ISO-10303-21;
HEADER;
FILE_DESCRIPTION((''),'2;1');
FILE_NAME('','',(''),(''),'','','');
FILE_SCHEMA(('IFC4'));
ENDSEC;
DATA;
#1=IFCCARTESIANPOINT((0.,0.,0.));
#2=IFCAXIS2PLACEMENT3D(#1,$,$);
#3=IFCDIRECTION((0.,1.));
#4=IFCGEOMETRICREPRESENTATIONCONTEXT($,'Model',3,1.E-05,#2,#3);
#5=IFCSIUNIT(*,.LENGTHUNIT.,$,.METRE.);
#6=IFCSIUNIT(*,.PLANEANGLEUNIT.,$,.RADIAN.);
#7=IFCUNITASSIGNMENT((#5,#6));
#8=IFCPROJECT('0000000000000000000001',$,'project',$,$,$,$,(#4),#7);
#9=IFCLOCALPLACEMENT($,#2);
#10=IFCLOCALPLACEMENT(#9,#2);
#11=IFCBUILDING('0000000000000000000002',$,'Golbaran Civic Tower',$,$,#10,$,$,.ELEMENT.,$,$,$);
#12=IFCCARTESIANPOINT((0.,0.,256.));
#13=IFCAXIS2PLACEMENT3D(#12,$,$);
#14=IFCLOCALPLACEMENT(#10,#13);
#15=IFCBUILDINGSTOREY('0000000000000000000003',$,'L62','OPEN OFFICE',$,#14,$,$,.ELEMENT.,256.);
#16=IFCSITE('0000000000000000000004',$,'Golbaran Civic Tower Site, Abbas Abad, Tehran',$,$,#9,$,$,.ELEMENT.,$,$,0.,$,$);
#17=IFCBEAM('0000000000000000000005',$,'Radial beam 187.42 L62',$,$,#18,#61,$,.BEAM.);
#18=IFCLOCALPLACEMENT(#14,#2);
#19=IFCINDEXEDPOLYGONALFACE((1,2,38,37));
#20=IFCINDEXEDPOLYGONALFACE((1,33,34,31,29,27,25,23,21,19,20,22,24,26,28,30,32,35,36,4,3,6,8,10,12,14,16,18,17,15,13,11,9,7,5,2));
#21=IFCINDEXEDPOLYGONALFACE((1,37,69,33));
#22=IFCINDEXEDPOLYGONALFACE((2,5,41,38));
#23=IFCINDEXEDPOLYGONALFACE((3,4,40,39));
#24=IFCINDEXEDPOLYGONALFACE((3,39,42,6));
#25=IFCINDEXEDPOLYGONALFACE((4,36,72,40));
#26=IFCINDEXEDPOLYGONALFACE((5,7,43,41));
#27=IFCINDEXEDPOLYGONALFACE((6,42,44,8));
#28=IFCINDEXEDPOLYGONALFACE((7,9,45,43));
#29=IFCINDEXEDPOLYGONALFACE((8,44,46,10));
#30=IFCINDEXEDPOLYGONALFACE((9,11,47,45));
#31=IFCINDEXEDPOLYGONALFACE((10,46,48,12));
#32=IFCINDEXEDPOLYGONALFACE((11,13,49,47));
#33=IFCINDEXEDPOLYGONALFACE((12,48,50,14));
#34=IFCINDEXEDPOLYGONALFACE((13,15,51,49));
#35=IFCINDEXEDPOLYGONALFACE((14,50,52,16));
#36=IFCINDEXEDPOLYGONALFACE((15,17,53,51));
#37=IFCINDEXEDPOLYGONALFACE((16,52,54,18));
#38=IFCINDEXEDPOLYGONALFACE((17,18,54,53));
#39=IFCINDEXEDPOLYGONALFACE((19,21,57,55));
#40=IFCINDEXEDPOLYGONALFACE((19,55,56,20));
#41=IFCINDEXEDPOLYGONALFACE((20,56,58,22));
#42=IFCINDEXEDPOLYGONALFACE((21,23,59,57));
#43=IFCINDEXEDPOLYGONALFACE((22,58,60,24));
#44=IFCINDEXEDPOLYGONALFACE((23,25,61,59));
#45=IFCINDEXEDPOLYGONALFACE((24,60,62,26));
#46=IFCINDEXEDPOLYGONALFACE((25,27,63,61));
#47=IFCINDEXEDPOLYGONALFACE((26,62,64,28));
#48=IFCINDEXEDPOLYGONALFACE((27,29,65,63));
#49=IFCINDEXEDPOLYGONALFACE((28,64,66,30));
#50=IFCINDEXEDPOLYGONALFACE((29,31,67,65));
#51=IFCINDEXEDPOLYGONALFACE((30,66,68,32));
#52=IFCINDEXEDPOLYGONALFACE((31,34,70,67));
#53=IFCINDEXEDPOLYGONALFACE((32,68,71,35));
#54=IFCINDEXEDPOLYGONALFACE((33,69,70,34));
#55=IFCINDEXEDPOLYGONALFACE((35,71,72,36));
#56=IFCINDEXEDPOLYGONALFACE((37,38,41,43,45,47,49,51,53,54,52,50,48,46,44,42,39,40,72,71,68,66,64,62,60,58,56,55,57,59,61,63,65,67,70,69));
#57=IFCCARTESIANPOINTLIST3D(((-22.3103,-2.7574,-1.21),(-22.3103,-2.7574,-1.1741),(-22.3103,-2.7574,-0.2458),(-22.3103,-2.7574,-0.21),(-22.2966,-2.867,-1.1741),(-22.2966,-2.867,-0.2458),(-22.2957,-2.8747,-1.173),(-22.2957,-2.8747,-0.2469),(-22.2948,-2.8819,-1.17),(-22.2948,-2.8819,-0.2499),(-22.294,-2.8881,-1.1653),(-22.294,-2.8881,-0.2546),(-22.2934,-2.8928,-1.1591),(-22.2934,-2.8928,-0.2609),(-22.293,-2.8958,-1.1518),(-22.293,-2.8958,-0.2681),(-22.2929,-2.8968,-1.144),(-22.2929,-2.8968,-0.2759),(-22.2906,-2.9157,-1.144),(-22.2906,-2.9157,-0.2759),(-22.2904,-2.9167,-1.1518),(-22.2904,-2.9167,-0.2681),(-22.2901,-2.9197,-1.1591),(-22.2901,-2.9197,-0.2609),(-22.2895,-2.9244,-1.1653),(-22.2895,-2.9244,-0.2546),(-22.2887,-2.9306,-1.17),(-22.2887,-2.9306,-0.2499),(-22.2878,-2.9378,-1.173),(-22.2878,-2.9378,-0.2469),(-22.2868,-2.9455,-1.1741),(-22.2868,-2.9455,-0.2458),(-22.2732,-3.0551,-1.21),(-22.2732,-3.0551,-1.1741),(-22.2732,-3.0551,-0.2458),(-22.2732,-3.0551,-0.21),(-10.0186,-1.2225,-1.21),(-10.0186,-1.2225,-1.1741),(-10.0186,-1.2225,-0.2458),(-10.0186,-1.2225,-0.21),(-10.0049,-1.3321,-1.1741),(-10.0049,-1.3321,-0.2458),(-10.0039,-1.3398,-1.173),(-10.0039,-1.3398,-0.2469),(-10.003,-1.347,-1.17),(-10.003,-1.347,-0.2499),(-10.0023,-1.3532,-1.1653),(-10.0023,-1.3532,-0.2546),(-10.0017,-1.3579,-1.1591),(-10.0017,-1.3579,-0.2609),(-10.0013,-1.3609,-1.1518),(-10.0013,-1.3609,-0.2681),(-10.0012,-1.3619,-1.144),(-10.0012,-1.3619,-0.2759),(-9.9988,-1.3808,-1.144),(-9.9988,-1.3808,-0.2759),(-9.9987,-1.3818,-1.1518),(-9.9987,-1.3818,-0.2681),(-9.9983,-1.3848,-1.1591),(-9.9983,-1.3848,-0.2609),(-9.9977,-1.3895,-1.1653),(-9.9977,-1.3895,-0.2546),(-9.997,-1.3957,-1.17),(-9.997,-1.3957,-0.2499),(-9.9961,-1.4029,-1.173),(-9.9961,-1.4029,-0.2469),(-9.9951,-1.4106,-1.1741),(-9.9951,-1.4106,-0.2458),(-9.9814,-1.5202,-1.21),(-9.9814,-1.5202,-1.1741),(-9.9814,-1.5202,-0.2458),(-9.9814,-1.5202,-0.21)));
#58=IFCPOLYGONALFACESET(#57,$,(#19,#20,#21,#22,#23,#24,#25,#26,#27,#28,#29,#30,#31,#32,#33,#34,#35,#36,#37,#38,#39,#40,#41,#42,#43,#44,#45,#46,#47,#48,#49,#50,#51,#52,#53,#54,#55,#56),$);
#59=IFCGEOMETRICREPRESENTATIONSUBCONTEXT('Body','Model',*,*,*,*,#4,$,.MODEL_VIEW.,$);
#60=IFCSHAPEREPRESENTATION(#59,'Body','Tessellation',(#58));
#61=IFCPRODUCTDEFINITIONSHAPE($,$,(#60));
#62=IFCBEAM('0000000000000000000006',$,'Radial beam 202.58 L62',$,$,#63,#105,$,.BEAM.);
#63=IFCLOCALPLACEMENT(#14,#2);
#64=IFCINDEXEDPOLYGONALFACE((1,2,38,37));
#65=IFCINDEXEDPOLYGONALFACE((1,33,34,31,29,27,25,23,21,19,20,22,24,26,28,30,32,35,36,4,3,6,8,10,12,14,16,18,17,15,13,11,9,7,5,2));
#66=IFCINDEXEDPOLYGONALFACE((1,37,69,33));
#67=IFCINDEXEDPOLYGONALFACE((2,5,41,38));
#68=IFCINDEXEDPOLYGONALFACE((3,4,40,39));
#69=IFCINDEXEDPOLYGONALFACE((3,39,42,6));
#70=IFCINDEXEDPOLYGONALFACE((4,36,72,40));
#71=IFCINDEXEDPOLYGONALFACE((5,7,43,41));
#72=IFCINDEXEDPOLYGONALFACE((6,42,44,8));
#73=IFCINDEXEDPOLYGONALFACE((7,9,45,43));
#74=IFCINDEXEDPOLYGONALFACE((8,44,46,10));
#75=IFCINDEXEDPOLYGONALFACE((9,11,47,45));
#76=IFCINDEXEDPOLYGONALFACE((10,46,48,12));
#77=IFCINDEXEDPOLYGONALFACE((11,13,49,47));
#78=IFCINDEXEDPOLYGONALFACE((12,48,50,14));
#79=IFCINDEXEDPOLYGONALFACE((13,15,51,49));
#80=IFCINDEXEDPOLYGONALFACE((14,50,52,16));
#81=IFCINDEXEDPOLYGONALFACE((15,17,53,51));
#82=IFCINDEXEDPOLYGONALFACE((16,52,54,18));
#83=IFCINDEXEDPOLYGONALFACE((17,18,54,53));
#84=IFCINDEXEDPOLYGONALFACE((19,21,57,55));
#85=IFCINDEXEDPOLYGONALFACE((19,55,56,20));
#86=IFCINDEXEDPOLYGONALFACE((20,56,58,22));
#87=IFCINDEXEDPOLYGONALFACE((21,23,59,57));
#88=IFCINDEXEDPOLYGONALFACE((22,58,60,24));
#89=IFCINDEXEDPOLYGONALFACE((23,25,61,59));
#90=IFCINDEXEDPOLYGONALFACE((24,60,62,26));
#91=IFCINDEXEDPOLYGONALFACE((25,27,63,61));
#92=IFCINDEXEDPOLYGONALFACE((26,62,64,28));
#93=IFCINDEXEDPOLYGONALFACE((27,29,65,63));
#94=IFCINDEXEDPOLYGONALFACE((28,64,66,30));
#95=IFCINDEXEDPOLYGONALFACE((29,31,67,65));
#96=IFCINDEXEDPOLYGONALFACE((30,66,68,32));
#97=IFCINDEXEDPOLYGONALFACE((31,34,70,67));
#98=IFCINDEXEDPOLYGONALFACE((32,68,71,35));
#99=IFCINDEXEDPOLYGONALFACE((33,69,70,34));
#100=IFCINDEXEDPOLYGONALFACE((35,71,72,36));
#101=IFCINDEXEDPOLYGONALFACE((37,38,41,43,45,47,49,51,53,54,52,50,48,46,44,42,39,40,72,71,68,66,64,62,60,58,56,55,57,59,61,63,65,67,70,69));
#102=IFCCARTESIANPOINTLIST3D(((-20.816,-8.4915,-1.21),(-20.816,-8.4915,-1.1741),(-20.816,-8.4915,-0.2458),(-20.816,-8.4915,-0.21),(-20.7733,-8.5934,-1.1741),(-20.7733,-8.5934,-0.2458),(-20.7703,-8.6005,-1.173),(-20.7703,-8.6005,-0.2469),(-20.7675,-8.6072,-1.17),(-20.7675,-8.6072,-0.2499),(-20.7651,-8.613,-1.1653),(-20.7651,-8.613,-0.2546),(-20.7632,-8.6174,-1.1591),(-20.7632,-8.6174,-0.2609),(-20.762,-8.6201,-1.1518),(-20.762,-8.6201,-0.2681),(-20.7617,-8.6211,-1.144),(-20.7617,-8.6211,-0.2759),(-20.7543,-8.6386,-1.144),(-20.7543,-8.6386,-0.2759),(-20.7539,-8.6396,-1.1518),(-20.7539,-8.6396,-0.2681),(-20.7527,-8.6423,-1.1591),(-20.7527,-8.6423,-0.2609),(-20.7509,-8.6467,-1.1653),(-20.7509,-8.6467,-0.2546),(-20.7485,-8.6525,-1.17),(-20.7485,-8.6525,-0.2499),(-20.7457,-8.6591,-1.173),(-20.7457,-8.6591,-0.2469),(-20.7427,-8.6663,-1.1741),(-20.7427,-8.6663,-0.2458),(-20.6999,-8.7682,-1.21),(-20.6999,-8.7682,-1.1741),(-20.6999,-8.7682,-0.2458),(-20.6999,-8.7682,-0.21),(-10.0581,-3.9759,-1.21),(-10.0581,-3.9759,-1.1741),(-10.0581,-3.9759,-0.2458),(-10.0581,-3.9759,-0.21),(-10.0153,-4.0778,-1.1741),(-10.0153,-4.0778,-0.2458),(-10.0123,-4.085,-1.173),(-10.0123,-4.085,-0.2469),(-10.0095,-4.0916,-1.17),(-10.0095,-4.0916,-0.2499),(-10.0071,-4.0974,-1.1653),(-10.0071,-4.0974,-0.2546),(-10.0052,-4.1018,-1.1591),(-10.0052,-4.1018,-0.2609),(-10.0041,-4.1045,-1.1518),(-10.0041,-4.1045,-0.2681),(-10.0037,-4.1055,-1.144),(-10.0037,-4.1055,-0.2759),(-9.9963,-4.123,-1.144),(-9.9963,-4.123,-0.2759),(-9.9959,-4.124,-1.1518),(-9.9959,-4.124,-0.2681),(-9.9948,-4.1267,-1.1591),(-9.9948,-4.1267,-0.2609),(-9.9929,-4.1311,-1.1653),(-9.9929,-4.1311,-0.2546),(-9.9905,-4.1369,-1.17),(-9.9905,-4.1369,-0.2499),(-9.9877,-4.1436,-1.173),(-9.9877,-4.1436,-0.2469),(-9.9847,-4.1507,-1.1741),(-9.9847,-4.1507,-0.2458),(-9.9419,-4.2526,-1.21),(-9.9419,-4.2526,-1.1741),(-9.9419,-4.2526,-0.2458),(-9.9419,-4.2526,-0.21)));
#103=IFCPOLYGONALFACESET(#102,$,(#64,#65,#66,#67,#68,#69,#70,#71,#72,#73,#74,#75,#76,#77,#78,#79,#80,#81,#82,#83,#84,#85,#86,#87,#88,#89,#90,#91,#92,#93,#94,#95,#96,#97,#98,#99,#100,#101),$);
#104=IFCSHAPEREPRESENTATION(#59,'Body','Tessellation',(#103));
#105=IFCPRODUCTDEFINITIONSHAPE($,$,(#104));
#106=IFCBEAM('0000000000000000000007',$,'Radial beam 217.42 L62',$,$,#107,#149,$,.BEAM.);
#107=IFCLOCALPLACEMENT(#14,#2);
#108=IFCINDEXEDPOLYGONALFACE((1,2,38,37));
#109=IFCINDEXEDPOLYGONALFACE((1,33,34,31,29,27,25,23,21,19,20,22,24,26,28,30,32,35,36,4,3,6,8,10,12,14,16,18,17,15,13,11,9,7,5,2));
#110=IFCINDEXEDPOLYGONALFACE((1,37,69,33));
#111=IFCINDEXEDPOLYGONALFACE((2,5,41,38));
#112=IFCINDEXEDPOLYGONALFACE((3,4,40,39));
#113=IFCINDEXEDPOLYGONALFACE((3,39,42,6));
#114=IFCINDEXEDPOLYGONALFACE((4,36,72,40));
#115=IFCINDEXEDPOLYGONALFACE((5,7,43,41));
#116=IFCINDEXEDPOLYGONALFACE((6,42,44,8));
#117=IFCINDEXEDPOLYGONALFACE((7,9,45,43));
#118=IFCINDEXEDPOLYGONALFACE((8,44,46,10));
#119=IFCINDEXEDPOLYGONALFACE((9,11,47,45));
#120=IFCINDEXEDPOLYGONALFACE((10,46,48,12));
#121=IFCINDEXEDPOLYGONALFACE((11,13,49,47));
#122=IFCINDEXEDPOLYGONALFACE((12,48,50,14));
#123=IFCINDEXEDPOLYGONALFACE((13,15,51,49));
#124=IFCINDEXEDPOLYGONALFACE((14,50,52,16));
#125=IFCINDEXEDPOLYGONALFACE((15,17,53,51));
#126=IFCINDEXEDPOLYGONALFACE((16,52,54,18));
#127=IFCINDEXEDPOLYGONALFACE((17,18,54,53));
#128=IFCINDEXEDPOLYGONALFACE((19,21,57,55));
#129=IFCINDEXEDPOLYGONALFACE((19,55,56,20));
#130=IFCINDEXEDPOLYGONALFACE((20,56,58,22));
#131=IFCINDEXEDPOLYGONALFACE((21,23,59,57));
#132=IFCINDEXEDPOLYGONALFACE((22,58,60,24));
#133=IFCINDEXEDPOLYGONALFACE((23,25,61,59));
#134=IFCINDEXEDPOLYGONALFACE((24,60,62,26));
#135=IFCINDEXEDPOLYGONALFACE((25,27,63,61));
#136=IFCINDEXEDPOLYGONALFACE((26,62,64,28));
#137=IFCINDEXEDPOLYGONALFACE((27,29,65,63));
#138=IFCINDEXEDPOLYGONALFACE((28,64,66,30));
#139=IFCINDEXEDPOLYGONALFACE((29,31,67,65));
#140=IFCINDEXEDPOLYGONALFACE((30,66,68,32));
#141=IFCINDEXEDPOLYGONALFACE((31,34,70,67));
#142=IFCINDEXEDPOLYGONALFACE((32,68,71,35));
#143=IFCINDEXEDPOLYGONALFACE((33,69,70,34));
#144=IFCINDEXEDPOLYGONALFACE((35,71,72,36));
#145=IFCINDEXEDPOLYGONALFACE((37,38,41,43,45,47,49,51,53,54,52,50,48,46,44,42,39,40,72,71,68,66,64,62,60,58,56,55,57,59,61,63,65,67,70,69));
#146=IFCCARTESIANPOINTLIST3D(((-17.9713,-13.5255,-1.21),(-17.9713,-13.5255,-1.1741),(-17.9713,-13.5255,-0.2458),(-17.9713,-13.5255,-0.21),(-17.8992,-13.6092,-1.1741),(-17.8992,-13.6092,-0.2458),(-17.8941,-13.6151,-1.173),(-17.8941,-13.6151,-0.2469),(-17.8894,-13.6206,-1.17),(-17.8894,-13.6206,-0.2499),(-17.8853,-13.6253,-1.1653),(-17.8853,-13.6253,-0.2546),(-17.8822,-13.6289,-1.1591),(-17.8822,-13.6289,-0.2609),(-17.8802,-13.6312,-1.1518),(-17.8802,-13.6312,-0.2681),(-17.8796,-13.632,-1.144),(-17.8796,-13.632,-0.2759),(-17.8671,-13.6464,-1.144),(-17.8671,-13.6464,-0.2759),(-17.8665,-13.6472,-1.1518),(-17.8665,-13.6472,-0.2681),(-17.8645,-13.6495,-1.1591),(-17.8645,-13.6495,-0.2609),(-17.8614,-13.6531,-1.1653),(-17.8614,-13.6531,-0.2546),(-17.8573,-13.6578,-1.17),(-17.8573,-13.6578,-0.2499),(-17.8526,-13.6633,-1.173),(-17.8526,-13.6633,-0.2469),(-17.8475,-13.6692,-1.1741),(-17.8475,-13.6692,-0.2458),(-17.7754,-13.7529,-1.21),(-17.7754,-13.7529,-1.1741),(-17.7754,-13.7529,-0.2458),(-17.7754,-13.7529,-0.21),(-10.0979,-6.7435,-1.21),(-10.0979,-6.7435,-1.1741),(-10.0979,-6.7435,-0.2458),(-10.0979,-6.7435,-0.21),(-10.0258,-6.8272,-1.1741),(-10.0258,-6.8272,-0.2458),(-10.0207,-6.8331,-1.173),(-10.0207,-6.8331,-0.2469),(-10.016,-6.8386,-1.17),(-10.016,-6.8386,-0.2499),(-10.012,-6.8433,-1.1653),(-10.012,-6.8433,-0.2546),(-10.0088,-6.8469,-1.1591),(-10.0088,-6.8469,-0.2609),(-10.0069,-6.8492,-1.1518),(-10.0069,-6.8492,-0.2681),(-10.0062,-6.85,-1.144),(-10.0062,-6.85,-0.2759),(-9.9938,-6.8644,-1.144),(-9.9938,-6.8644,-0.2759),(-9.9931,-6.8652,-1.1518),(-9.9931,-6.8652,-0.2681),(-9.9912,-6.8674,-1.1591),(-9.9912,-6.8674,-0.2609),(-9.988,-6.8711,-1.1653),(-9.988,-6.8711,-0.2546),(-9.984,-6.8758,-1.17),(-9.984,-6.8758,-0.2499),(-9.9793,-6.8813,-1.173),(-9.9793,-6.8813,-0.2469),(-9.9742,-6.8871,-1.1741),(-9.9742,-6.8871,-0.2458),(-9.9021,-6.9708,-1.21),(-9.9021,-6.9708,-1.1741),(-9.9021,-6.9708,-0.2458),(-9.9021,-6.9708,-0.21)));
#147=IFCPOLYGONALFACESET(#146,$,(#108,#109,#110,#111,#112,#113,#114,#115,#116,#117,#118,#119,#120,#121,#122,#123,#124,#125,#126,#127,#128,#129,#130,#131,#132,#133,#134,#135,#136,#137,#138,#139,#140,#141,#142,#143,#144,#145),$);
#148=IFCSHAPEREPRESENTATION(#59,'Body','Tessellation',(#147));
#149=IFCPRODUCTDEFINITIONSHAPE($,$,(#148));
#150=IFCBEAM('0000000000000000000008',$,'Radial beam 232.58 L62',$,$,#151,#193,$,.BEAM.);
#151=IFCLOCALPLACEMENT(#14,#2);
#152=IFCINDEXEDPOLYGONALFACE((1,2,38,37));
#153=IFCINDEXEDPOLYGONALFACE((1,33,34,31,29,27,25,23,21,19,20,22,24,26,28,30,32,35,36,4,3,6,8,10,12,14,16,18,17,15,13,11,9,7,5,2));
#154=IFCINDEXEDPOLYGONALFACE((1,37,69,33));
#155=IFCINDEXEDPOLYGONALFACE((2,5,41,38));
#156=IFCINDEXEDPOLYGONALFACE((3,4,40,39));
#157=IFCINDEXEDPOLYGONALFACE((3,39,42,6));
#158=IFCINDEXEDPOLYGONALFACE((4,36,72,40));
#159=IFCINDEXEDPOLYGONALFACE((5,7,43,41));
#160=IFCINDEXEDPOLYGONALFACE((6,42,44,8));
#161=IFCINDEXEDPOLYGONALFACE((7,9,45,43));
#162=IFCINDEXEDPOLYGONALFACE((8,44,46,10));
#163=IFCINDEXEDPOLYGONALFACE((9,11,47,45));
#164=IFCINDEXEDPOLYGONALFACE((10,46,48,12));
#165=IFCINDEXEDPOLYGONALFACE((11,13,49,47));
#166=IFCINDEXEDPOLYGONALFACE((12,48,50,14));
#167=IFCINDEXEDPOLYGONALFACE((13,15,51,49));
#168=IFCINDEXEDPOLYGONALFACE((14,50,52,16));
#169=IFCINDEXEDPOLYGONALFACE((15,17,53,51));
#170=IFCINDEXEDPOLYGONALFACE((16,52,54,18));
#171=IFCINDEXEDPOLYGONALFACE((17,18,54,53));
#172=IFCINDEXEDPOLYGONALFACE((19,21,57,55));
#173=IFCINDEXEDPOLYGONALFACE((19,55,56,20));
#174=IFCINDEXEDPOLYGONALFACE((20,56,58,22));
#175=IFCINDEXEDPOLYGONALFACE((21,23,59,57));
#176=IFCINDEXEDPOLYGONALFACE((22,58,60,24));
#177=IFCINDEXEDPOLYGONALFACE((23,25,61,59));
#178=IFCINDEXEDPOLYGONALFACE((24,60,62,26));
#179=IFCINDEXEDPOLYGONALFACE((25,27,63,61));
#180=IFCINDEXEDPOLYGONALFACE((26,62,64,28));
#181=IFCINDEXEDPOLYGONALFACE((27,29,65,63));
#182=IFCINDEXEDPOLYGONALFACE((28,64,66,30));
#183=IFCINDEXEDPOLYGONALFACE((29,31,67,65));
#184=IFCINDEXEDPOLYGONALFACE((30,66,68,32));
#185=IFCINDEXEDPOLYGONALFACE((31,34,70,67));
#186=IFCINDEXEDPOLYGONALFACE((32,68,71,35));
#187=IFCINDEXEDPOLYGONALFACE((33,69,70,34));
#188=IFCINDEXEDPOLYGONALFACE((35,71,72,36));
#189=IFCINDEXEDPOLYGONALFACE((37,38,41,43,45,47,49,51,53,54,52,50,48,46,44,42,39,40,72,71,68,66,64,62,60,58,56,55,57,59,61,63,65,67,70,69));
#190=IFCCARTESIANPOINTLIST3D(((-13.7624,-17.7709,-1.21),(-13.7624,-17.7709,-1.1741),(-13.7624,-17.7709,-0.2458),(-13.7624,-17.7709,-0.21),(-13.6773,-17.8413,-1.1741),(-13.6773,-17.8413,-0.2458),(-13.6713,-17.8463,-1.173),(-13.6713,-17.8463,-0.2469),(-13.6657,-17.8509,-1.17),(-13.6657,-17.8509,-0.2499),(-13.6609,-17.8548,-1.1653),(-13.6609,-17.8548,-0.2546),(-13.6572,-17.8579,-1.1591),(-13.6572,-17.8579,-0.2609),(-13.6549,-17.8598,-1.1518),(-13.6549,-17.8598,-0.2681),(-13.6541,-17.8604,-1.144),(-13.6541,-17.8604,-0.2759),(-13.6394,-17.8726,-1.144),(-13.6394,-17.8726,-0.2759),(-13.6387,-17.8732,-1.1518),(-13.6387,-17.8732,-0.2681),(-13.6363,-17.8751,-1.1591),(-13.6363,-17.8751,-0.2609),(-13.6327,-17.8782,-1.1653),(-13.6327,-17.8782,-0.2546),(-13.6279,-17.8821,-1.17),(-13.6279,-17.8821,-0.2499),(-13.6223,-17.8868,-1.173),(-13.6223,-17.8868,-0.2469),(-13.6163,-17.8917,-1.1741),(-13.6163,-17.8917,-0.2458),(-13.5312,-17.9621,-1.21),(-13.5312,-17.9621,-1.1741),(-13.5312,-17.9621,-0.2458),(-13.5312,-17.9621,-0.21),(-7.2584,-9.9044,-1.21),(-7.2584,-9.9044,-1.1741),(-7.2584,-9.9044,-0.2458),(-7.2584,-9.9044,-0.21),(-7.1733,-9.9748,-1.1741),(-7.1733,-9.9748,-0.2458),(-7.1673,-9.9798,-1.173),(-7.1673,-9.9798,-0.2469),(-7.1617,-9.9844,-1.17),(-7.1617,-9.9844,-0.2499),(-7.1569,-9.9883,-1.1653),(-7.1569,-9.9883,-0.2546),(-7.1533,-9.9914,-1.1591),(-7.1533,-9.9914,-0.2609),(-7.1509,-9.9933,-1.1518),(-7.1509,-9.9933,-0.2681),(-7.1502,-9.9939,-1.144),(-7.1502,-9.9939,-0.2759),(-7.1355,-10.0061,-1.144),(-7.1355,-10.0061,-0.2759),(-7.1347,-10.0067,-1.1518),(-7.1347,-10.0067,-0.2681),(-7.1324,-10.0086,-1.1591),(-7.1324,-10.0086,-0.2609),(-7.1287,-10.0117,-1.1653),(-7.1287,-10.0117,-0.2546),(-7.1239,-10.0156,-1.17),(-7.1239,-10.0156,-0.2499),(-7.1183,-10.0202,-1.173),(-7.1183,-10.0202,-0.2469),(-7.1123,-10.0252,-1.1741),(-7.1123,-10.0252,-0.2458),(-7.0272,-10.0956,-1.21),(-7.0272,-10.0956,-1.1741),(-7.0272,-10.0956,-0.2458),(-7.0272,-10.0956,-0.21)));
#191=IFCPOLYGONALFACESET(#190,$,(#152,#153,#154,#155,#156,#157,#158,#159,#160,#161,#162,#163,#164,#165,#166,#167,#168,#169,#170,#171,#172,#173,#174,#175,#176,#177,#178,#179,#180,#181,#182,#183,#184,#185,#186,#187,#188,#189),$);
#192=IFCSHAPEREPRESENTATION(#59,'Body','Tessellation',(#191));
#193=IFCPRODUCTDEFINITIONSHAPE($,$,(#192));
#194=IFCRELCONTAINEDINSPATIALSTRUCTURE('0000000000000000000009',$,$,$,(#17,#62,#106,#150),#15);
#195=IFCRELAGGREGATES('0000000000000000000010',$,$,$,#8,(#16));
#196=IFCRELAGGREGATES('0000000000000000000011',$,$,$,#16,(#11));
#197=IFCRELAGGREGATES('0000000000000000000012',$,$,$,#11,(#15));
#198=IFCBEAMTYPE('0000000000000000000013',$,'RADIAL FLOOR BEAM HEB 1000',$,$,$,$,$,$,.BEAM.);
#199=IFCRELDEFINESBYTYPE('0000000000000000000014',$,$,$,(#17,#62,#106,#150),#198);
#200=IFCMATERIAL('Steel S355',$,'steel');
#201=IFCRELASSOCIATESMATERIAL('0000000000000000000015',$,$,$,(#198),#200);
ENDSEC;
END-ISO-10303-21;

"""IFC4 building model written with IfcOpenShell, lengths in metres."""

from ifc_helpers import new_model, si_unit, direction, frame, origin, origin_2d, place, context, subcontext, project, spatial, i_section, extrude, material, material_profile, profile_set, type_object, element, save


model = new_model("IFC4")

# Units and contexts
model_context = context("Model", 3, precision=1e-05, world=origin(), true_north=direction((0.0, 1.0)))
body_context = subcontext(model_context, "Body", "Model", "MODEL_VIEW")
ifc_project = project(units=[si_unit("LENGTHUNIT", "METRE"), si_unit("PLANEANGLEUNIT", "RADIAN")], contexts=[model_context])

# Site, building, storey
site_placement = place(None, origin())
site = spatial("IfcSite", under=ifc_project, at=site_placement, Name="Golbaran Civic Tower Site, Abbas Abad, Tehran", CompositionType="ELEMENT", RefElevation=0.0)
building_placement = place(site_placement, origin())
building = spatial("IfcBuilding", under=site, at=building_placement, Name="Golbaran Civic Tower", CompositionType="ELEMENT")
storey_placement = place(building_placement, frame((0.0, 0.0, 256.0)))
storey = spatial("IfcBuildingStorey", under=building, at=storey_placement, Name="L62", Description="OPEN OFFICE", CompositionType="ELEMENT", Elevation=256.0)

# Beams
ifc_material_1 = material(Name="Steel S355", Category="steel")
ifc_material_profile = material_profile(ifc_material_1, i_section(OverallWidth=0.3, OverallDepth=1.0, WebThickness=0.019, FlangeThickness=0.0359, FilletRadius=0.03, at=origin_2d()), Name="HEB 1000")
ifc_profile_set = profile_set([ifc_material_profile], Name="Steel S355")
beam_type = type_object("IfcBeamType", Name="RADIAL FLOOR BEAM HEB 1000", PredefinedType="BEAM", material=ifc_profile_set)
beam_1_placement = place(storey_placement, frame((-10.0, -1.3713, -0.71), z_axis=(-0.992293, -0.123911, 0.0), x_axis=(0.123911, -0.992293, 0.0)))
element("IfcBeam", 1, at=beam_1_placement, inside=storey, type_object=beam_type, Name="Radial beam 187.42 L62", PredefinedType="BEAM", context=body_context, shape_type="SweptSolid", body=[
    extrude(i_section(OverallWidth=0.3, OverallDepth=1.0, WebThickness=0.019, FlangeThickness=0.0359, FilletRadius=0.03, at=origin_2d()), origin(), (0.0, 0.0, 1.0), 12.3872),
])
beam_2_placement = place(storey_placement, frame((-10.0, -4.1143, -0.71), z_axis=(-0.922067, -0.387031, 0.0), x_axis=(0.387031, -0.922067, 0.0)))
element("IfcBeam", 2, at=beam_2_placement, inside=storey, type_object=beam_type, Name="Radial beam 202.58 L62", PredefinedType="BEAM", context=body_context, shape_type="SweptSolid", body=[
    extrude(i_section(OverallWidth=0.3, OverallDepth=1.0, WebThickness=0.019, FlangeThickness=0.0359, FilletRadius=0.03, at=origin_2d()), origin(), (0.0, 0.0, 1.0), 11.6672),
])
beam_3_placement = place(storey_placement, frame((-10.0, -6.8572, -0.71), z_axis=(-0.757664, -0.652645, 0.0), x_axis=(0.652645, -0.757664, 0.0)))
element("IfcBeam", 3, at=beam_3_placement, inside=storey, type_object=beam_type, Name="Radial beam 217.42 L62", PredefinedType="BEAM", context=body_context, shape_type="SweptSolid", body=[
    extrude(i_section(OverallWidth=0.3, OverallDepth=1.0, WebThickness=0.019, FlangeThickness=0.0359, FilletRadius=0.03, at=origin_2d()), origin(), (0.0, 0.0, 1.0), 10.3916),
])
beam_4_placement = place(storey_placement, frame((-7.1428, -10.0, -0.71), z_axis=(-0.637203, -0.770696, 0.0), x_axis=(0.770696, -0.637203, 0.0)))
element("IfcBeam", 4, at=beam_4_placement, inside=storey, type_object=beam_type, Name="Radial beam 232.58 L62", PredefinedType="BEAM", context=body_context, shape_type="SweptSolid", body=[
    extrude(i_section(OverallWidth=0.3, OverallDepth=1.0, WebThickness=0.019, FlangeThickness=0.0359, FilletRadius=0.03, at=origin_2d()), origin(), (0.0, 0.0, 1.0), 10.207),
])

save(model, "model.ifc")
